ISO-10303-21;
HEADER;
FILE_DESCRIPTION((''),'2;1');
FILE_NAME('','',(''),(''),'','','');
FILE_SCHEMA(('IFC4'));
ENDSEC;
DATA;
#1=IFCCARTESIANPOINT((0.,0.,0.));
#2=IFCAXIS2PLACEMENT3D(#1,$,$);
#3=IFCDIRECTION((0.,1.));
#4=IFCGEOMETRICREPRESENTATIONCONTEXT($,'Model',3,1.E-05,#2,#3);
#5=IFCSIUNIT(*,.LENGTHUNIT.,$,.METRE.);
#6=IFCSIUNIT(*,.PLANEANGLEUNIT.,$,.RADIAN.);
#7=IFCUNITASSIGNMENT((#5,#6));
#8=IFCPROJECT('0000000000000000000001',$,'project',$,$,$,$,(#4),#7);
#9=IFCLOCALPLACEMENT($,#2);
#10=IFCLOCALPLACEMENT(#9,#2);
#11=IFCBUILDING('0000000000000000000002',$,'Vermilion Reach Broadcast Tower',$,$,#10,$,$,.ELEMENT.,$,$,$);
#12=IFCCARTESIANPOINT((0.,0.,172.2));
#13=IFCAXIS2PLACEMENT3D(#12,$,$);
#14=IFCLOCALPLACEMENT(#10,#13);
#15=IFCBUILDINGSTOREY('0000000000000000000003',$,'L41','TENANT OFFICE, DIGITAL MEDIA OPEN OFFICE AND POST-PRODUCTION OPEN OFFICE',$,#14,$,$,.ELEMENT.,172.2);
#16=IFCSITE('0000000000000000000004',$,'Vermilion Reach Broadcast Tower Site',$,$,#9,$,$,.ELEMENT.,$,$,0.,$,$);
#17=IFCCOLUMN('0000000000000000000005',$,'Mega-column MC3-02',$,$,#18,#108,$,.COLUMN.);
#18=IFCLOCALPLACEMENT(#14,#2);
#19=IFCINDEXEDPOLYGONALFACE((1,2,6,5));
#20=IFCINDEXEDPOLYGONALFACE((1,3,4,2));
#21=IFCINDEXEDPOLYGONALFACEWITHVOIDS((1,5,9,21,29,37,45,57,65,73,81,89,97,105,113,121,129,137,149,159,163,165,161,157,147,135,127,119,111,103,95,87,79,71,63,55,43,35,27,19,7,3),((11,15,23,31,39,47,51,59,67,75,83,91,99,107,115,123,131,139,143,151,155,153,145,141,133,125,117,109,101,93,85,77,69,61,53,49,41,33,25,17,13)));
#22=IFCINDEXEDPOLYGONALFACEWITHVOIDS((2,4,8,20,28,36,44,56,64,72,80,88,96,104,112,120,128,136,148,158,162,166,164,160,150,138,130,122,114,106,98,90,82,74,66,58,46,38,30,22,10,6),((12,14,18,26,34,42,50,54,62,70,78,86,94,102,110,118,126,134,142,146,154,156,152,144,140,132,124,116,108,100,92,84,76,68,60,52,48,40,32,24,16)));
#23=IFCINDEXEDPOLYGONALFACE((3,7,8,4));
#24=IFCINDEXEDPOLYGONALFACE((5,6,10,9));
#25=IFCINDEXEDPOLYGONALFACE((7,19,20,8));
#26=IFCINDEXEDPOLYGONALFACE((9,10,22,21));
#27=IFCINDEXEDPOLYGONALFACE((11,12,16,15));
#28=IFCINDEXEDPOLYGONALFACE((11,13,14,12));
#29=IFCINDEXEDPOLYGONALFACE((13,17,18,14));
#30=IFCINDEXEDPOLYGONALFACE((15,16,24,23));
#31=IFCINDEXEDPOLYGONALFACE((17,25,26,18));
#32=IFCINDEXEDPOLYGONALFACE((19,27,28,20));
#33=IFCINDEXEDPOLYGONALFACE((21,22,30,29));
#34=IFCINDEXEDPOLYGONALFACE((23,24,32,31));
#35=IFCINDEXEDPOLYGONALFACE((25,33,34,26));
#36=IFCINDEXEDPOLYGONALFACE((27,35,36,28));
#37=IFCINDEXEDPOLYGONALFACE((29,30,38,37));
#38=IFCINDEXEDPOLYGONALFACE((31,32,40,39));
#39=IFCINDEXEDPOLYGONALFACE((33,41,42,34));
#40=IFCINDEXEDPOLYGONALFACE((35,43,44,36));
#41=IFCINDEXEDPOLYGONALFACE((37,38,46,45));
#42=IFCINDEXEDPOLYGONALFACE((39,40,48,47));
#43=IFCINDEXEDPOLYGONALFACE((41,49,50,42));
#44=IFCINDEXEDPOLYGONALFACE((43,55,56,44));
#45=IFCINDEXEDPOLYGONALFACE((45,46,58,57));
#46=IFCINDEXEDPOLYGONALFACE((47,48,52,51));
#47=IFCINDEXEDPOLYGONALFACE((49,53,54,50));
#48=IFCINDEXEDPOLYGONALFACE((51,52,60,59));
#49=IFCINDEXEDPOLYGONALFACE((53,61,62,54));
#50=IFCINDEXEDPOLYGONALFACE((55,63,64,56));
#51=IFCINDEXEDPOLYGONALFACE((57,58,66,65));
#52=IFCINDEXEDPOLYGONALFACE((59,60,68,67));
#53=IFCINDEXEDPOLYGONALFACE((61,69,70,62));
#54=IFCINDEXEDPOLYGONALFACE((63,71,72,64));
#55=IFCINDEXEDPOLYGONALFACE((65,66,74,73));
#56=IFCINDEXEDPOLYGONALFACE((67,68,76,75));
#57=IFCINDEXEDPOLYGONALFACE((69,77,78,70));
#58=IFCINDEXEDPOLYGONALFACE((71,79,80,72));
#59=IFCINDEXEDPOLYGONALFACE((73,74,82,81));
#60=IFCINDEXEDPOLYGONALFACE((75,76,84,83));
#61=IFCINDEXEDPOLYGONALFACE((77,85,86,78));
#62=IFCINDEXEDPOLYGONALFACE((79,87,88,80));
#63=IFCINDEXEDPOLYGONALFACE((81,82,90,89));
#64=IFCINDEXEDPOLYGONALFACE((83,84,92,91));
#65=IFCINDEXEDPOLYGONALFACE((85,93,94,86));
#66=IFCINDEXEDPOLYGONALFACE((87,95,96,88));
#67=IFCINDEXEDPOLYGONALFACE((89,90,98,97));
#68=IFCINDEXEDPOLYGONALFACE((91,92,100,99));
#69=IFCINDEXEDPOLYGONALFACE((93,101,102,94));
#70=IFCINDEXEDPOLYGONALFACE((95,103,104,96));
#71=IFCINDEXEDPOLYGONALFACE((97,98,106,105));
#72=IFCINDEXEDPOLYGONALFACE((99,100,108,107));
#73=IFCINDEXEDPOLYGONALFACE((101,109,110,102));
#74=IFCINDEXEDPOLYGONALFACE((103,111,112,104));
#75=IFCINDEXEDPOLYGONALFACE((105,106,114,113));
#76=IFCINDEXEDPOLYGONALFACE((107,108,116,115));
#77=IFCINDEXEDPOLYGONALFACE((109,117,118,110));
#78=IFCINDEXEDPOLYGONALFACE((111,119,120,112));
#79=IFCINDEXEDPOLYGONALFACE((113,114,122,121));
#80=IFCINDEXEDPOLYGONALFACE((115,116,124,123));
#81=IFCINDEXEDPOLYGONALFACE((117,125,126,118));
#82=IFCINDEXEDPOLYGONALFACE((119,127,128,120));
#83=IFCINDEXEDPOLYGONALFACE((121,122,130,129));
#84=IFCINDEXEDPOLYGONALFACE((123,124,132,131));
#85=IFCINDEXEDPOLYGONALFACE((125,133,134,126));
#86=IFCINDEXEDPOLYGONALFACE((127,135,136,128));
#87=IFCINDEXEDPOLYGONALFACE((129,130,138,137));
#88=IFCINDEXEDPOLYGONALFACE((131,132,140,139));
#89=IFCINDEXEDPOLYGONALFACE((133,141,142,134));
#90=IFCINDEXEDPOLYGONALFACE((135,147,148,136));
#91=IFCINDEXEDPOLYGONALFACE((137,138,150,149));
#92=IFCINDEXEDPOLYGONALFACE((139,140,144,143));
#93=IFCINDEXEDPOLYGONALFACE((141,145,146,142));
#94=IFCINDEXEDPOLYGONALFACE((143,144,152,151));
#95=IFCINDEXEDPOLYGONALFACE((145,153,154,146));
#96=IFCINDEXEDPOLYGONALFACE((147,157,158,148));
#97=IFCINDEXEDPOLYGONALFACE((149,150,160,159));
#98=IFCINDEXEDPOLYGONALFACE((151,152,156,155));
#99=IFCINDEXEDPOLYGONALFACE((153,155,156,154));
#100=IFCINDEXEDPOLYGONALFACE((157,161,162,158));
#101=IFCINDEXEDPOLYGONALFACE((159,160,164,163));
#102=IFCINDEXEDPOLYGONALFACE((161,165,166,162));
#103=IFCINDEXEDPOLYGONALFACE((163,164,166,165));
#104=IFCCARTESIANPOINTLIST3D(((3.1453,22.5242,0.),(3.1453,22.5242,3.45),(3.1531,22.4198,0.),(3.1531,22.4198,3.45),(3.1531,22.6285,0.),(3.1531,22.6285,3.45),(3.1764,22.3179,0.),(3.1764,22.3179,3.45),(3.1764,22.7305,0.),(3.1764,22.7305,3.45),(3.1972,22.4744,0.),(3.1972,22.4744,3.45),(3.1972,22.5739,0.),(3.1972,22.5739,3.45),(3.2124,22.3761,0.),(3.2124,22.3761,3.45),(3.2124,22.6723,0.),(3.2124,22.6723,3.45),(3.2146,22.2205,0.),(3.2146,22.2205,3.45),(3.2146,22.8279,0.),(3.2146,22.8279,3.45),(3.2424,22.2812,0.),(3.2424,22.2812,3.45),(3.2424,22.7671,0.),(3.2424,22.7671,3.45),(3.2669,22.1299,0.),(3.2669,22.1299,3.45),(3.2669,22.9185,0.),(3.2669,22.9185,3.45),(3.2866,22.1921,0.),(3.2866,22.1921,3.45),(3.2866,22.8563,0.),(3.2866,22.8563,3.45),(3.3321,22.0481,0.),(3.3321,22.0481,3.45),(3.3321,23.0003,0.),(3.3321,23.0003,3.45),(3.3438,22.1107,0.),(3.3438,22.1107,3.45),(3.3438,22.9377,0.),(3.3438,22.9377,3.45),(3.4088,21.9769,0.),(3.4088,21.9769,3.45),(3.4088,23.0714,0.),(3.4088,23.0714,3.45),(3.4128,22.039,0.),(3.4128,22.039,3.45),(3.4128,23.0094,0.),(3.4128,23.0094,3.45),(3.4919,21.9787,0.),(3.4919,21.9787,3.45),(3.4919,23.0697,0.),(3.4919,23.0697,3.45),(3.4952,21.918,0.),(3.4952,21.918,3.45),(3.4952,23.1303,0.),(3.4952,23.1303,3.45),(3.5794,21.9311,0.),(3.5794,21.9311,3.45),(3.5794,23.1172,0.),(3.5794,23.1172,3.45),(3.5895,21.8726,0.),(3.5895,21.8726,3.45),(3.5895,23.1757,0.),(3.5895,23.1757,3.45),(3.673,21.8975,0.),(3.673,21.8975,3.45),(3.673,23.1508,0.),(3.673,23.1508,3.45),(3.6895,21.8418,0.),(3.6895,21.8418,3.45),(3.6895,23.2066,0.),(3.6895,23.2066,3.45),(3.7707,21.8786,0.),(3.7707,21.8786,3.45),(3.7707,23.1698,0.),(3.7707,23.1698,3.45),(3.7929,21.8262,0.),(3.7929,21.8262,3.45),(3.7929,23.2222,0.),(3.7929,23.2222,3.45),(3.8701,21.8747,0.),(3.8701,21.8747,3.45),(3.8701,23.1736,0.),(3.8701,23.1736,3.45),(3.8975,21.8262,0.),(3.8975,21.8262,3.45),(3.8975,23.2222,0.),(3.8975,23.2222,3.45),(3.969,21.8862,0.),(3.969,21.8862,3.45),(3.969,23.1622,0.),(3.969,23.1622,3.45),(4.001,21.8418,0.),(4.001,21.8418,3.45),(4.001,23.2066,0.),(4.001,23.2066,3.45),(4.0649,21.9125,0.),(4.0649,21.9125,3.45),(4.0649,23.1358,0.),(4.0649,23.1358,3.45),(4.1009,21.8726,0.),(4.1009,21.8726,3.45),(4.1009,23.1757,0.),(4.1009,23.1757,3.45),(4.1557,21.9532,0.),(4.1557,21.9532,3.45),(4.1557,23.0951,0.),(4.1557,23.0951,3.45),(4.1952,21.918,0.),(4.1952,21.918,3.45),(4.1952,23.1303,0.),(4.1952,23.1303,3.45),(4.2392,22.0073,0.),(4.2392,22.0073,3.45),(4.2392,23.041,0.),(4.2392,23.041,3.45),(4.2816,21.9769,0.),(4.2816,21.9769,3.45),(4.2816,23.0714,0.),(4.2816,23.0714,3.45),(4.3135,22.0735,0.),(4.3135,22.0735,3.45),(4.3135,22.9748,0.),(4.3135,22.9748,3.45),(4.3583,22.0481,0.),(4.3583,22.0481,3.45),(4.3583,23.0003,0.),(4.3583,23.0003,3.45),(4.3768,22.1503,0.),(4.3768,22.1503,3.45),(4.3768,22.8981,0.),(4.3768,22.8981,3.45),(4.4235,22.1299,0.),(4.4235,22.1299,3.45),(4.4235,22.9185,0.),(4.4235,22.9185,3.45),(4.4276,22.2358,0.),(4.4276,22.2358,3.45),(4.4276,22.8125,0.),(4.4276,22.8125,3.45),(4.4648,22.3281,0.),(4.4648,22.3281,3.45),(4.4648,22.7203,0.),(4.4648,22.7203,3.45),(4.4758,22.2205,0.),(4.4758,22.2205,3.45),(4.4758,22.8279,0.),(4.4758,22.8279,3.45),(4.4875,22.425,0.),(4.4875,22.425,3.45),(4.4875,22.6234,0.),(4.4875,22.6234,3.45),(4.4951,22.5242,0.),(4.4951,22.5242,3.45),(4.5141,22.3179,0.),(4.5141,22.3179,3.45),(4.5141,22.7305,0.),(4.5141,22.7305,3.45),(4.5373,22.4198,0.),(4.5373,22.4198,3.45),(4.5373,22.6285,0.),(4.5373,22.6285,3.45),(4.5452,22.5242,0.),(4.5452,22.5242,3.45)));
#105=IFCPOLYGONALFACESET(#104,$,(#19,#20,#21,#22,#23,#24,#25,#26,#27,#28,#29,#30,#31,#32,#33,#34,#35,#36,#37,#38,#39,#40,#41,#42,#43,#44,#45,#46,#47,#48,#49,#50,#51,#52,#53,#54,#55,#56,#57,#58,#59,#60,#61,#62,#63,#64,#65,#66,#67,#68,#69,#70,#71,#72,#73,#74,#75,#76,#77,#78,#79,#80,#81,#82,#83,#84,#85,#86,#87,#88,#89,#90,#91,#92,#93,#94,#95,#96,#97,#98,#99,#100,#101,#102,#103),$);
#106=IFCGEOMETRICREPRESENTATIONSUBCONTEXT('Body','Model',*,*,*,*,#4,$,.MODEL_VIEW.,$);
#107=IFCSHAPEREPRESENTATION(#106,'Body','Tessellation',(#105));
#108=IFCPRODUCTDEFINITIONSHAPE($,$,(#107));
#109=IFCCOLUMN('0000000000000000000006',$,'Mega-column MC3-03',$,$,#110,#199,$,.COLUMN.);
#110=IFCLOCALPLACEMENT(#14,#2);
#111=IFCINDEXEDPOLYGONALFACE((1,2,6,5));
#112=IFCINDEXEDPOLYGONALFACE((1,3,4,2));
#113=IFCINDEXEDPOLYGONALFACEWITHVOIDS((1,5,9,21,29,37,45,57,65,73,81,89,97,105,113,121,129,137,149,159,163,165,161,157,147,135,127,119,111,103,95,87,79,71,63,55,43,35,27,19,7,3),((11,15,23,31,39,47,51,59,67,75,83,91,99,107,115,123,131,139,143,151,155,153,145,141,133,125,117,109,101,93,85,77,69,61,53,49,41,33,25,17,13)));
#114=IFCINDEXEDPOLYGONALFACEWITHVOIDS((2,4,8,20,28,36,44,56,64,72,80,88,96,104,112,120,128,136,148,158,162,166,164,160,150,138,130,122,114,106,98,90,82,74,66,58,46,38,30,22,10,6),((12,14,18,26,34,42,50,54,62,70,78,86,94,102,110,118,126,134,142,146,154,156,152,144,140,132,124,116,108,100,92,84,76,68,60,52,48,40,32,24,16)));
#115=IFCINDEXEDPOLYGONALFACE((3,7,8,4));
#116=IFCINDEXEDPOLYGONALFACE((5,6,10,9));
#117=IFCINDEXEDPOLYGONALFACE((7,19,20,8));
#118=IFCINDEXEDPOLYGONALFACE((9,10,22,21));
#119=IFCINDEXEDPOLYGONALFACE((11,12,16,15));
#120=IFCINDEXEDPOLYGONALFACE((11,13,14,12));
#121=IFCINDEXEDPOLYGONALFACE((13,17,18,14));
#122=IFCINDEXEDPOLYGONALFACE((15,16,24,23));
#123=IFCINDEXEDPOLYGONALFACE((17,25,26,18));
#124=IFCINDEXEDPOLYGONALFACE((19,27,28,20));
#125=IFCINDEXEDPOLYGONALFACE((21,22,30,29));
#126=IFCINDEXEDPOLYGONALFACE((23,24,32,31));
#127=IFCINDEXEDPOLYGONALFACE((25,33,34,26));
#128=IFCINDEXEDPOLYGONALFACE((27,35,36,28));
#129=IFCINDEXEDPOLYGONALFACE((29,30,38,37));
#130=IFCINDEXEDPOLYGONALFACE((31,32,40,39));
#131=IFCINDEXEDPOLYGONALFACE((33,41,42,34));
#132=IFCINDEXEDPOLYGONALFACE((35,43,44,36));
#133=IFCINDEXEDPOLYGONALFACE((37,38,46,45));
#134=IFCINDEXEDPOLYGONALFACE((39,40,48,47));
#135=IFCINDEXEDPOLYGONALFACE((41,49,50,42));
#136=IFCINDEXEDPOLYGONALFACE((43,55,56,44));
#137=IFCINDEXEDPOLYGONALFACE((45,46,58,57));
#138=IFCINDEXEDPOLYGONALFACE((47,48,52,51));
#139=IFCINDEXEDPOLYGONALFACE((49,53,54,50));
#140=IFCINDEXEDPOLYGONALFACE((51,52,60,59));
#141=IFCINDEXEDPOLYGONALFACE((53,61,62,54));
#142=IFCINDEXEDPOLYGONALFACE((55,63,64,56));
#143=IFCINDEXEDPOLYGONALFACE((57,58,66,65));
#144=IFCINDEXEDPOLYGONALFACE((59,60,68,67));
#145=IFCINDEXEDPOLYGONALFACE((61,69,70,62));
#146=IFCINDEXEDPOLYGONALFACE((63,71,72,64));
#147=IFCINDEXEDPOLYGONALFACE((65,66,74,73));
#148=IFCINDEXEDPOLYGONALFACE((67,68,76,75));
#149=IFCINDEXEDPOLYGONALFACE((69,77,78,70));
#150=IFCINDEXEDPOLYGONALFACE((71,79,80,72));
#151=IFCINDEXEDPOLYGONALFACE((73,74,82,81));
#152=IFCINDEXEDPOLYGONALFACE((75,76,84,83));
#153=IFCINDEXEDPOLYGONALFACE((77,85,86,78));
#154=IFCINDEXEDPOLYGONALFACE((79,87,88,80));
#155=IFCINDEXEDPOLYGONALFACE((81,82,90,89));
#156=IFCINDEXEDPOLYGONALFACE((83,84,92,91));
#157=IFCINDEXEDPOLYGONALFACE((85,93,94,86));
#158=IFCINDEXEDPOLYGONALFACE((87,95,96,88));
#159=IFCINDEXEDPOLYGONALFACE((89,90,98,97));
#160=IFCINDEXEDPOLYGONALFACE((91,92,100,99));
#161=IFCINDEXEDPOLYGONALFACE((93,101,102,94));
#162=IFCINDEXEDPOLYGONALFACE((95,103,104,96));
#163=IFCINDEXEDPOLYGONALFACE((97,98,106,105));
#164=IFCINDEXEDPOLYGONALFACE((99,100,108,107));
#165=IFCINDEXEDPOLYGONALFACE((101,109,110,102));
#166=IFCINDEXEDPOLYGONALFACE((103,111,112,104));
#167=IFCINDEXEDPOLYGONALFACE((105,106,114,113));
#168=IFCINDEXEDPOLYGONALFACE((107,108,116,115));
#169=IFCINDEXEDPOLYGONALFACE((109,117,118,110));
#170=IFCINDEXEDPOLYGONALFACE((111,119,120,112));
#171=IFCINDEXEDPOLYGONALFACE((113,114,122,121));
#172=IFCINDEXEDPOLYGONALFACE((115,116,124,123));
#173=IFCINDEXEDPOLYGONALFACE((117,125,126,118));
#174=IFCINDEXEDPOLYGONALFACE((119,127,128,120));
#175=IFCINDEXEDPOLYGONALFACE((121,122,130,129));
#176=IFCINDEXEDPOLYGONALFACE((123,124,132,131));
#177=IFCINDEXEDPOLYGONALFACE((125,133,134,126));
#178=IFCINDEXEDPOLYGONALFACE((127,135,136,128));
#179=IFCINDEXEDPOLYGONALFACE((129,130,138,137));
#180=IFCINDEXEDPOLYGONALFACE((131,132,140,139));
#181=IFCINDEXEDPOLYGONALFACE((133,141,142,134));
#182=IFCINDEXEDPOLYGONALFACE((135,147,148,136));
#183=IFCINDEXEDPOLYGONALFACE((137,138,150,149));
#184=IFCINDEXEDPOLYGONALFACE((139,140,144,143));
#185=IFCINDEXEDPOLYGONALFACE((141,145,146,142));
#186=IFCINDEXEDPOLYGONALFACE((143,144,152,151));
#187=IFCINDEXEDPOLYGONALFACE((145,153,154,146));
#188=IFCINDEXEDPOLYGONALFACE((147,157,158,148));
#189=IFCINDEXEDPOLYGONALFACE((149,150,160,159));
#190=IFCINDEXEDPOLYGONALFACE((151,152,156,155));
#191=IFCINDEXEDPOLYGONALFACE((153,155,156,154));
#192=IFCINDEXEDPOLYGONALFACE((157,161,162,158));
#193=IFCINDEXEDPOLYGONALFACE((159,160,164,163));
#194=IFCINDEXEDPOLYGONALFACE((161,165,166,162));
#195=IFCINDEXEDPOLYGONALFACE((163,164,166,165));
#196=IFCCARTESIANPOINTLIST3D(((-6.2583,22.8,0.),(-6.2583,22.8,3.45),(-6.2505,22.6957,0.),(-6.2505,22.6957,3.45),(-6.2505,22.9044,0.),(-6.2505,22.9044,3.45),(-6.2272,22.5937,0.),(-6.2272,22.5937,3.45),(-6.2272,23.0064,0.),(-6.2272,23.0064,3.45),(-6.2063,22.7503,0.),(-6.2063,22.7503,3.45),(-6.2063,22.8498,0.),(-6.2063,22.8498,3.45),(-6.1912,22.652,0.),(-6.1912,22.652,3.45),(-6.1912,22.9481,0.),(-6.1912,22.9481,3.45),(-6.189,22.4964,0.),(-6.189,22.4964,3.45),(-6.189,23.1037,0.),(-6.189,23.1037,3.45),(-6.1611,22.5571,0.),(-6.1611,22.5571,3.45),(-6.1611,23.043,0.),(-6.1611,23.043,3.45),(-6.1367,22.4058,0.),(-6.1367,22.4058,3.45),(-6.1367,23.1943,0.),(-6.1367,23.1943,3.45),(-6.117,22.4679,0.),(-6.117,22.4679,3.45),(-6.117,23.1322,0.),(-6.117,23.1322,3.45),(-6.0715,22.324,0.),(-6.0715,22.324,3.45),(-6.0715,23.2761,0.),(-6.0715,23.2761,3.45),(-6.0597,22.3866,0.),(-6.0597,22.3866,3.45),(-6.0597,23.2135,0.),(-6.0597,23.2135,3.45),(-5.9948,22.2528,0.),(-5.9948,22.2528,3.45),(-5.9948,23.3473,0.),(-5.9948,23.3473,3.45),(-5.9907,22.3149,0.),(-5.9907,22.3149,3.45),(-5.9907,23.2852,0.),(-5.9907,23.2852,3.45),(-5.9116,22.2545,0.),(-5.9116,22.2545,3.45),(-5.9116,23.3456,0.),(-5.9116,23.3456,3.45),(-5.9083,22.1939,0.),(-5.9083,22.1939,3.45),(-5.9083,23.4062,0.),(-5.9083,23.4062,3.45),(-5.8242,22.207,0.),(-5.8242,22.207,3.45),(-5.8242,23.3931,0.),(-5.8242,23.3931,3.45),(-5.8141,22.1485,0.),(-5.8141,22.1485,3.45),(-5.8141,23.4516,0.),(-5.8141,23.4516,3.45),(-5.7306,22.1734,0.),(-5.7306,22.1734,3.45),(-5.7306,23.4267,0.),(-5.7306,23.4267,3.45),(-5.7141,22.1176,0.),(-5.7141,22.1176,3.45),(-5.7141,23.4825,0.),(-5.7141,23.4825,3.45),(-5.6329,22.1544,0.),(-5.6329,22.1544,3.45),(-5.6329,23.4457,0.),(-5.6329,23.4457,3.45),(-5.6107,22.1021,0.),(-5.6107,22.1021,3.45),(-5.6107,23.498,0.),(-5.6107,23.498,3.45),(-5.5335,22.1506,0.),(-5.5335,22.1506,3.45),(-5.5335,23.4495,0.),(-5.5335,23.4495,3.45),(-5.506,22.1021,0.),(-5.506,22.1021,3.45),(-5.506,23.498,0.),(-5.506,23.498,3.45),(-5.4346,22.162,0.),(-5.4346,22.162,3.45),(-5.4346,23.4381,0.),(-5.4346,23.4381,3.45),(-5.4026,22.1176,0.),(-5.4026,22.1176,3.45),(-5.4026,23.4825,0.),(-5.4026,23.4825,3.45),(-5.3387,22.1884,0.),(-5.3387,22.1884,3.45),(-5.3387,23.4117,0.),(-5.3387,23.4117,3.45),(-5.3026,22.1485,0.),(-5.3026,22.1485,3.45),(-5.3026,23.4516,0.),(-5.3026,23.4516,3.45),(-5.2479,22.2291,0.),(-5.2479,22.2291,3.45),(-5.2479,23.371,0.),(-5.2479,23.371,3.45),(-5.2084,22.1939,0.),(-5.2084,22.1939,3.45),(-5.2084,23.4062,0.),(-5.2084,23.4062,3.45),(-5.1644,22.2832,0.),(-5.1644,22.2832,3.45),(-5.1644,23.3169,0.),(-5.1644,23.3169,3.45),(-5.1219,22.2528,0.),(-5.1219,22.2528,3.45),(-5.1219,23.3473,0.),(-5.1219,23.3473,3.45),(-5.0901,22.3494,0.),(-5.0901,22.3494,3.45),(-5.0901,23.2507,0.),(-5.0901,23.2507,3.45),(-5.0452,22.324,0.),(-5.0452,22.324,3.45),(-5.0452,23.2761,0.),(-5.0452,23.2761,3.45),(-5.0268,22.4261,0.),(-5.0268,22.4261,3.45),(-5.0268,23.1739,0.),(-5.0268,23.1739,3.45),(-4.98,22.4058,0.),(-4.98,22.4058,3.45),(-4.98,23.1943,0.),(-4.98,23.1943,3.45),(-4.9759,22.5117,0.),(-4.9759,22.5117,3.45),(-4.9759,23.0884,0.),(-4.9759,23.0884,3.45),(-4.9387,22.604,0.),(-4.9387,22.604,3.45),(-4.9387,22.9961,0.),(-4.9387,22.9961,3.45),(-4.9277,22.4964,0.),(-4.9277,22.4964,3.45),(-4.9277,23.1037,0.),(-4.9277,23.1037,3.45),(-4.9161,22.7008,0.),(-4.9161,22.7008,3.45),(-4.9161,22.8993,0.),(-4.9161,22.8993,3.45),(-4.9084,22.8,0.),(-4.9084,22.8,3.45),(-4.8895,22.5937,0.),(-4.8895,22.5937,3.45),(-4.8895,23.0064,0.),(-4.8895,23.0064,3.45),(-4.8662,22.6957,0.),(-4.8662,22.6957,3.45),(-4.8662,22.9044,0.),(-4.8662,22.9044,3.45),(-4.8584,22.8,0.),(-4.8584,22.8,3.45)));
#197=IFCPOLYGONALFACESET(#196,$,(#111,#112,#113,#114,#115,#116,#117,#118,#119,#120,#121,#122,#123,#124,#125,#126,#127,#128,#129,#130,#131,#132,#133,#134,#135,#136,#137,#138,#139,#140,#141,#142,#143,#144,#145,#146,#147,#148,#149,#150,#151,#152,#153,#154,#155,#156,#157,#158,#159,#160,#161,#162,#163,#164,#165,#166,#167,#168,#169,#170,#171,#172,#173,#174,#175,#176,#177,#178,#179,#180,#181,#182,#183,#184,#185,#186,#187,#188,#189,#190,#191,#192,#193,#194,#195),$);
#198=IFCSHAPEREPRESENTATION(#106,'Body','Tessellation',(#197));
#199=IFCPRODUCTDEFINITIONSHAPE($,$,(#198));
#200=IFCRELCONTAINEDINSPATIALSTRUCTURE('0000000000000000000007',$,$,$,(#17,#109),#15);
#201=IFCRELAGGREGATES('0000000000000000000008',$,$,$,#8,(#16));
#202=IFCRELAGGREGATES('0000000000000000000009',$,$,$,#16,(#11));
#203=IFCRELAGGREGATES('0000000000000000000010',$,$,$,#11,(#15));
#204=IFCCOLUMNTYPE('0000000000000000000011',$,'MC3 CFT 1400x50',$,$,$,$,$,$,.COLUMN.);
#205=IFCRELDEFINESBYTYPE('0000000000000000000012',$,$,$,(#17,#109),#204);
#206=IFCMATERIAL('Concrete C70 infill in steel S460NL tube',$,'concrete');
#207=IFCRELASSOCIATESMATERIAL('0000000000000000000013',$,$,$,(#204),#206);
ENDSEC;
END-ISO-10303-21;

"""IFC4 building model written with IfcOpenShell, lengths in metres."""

from ifc_helpers import new_model, si_unit, direction, frame, origin, origin_2d, place, context, subcontext, project, spatial, hollow_circle, extrude, material, material_profile, profile_set, type_object, element, save


model = new_model("IFC4")

# Units and contexts
model_context = context("Model", 3, precision=1e-05, world=origin(), true_north=direction((0.0, 1.0)))
body_context = subcontext(model_context, "Body", "Model", "MODEL_VIEW")
ifc_project = project(units=[si_unit("LENGTHUNIT", "METRE"), si_unit("PLANEANGLEUNIT", "RADIAN")], contexts=[model_context])

# Site, building, storey
site_placement = place(None, origin())
site = spatial("IfcSite", under=ifc_project, at=site_placement, Name="Vermilion Reach Broadcast Tower Site", CompositionType="ELEMENT", RefElevation=0.0)
building_placement = place(site_placement, origin())
building = spatial("IfcBuilding", under=site, at=building_placement, Name="Vermilion Reach Broadcast Tower", CompositionType="ELEMENT")
storey_placement = place(building_placement, frame((0.0, 0.0, 172.2)))
storey = spatial("IfcBuildingStorey", under=building, at=storey_placement, Name="L41", Description="TENANT OFFICE, DIGITAL MEDIA OPEN OFFICE AND POST-PRODUCTION OPEN OFFICE", CompositionType="ELEMENT", Elevation=172.2)

# Columns
ifc_material_1 = material(Name="Concrete C70 infill in steel S460NL tube", Category="concrete")
ifc_material_profile_1 = material_profile(ifc_material_1, hollow_circle(Radius=0.7, WallThickness=0.05, at=origin_2d()), Name="Concrete C70 infill in steel S460NL tube CFT 1400x50")
ifc_profile_set_1 = profile_set([ifc_material_profile_1], Name="Concrete C70 infill in steel S460NL tube")
column_type = type_object("IfcColumnType", Name="MC3 CFT 1400x50", PredefinedType="COLUMN", material=ifc_profile_set_1)
for number, where, z_axis, x_axis, name in (
    (1, (3.8452, 22.5242, 0.0), (0.0, 0.0, 1.0), (1.0, 0.0, 0.0), "Mega-column MC3-02"),
    (2, (-5.5583, 22.8, 0.0), (0.0, 0.0, 1.0), (1.0, 0.0, 0.0), "Mega-column MC3-03"),
):
    element("IfcColumn", number, at=place(storey_placement, frame(where, z_axis=z_axis, x_axis=x_axis)), inside=storey, type_object=column_type, Name=name, PredefinedType="COLUMN", context=body_context, shape_type="SweptSolid", body=[
        extrude(hollow_circle(Radius=0.7, WallThickness=0.05, at=origin_2d()), origin(), (0.0, 0.0, 1.0), 3.45),
    ])

save(model, "model.ifc")
